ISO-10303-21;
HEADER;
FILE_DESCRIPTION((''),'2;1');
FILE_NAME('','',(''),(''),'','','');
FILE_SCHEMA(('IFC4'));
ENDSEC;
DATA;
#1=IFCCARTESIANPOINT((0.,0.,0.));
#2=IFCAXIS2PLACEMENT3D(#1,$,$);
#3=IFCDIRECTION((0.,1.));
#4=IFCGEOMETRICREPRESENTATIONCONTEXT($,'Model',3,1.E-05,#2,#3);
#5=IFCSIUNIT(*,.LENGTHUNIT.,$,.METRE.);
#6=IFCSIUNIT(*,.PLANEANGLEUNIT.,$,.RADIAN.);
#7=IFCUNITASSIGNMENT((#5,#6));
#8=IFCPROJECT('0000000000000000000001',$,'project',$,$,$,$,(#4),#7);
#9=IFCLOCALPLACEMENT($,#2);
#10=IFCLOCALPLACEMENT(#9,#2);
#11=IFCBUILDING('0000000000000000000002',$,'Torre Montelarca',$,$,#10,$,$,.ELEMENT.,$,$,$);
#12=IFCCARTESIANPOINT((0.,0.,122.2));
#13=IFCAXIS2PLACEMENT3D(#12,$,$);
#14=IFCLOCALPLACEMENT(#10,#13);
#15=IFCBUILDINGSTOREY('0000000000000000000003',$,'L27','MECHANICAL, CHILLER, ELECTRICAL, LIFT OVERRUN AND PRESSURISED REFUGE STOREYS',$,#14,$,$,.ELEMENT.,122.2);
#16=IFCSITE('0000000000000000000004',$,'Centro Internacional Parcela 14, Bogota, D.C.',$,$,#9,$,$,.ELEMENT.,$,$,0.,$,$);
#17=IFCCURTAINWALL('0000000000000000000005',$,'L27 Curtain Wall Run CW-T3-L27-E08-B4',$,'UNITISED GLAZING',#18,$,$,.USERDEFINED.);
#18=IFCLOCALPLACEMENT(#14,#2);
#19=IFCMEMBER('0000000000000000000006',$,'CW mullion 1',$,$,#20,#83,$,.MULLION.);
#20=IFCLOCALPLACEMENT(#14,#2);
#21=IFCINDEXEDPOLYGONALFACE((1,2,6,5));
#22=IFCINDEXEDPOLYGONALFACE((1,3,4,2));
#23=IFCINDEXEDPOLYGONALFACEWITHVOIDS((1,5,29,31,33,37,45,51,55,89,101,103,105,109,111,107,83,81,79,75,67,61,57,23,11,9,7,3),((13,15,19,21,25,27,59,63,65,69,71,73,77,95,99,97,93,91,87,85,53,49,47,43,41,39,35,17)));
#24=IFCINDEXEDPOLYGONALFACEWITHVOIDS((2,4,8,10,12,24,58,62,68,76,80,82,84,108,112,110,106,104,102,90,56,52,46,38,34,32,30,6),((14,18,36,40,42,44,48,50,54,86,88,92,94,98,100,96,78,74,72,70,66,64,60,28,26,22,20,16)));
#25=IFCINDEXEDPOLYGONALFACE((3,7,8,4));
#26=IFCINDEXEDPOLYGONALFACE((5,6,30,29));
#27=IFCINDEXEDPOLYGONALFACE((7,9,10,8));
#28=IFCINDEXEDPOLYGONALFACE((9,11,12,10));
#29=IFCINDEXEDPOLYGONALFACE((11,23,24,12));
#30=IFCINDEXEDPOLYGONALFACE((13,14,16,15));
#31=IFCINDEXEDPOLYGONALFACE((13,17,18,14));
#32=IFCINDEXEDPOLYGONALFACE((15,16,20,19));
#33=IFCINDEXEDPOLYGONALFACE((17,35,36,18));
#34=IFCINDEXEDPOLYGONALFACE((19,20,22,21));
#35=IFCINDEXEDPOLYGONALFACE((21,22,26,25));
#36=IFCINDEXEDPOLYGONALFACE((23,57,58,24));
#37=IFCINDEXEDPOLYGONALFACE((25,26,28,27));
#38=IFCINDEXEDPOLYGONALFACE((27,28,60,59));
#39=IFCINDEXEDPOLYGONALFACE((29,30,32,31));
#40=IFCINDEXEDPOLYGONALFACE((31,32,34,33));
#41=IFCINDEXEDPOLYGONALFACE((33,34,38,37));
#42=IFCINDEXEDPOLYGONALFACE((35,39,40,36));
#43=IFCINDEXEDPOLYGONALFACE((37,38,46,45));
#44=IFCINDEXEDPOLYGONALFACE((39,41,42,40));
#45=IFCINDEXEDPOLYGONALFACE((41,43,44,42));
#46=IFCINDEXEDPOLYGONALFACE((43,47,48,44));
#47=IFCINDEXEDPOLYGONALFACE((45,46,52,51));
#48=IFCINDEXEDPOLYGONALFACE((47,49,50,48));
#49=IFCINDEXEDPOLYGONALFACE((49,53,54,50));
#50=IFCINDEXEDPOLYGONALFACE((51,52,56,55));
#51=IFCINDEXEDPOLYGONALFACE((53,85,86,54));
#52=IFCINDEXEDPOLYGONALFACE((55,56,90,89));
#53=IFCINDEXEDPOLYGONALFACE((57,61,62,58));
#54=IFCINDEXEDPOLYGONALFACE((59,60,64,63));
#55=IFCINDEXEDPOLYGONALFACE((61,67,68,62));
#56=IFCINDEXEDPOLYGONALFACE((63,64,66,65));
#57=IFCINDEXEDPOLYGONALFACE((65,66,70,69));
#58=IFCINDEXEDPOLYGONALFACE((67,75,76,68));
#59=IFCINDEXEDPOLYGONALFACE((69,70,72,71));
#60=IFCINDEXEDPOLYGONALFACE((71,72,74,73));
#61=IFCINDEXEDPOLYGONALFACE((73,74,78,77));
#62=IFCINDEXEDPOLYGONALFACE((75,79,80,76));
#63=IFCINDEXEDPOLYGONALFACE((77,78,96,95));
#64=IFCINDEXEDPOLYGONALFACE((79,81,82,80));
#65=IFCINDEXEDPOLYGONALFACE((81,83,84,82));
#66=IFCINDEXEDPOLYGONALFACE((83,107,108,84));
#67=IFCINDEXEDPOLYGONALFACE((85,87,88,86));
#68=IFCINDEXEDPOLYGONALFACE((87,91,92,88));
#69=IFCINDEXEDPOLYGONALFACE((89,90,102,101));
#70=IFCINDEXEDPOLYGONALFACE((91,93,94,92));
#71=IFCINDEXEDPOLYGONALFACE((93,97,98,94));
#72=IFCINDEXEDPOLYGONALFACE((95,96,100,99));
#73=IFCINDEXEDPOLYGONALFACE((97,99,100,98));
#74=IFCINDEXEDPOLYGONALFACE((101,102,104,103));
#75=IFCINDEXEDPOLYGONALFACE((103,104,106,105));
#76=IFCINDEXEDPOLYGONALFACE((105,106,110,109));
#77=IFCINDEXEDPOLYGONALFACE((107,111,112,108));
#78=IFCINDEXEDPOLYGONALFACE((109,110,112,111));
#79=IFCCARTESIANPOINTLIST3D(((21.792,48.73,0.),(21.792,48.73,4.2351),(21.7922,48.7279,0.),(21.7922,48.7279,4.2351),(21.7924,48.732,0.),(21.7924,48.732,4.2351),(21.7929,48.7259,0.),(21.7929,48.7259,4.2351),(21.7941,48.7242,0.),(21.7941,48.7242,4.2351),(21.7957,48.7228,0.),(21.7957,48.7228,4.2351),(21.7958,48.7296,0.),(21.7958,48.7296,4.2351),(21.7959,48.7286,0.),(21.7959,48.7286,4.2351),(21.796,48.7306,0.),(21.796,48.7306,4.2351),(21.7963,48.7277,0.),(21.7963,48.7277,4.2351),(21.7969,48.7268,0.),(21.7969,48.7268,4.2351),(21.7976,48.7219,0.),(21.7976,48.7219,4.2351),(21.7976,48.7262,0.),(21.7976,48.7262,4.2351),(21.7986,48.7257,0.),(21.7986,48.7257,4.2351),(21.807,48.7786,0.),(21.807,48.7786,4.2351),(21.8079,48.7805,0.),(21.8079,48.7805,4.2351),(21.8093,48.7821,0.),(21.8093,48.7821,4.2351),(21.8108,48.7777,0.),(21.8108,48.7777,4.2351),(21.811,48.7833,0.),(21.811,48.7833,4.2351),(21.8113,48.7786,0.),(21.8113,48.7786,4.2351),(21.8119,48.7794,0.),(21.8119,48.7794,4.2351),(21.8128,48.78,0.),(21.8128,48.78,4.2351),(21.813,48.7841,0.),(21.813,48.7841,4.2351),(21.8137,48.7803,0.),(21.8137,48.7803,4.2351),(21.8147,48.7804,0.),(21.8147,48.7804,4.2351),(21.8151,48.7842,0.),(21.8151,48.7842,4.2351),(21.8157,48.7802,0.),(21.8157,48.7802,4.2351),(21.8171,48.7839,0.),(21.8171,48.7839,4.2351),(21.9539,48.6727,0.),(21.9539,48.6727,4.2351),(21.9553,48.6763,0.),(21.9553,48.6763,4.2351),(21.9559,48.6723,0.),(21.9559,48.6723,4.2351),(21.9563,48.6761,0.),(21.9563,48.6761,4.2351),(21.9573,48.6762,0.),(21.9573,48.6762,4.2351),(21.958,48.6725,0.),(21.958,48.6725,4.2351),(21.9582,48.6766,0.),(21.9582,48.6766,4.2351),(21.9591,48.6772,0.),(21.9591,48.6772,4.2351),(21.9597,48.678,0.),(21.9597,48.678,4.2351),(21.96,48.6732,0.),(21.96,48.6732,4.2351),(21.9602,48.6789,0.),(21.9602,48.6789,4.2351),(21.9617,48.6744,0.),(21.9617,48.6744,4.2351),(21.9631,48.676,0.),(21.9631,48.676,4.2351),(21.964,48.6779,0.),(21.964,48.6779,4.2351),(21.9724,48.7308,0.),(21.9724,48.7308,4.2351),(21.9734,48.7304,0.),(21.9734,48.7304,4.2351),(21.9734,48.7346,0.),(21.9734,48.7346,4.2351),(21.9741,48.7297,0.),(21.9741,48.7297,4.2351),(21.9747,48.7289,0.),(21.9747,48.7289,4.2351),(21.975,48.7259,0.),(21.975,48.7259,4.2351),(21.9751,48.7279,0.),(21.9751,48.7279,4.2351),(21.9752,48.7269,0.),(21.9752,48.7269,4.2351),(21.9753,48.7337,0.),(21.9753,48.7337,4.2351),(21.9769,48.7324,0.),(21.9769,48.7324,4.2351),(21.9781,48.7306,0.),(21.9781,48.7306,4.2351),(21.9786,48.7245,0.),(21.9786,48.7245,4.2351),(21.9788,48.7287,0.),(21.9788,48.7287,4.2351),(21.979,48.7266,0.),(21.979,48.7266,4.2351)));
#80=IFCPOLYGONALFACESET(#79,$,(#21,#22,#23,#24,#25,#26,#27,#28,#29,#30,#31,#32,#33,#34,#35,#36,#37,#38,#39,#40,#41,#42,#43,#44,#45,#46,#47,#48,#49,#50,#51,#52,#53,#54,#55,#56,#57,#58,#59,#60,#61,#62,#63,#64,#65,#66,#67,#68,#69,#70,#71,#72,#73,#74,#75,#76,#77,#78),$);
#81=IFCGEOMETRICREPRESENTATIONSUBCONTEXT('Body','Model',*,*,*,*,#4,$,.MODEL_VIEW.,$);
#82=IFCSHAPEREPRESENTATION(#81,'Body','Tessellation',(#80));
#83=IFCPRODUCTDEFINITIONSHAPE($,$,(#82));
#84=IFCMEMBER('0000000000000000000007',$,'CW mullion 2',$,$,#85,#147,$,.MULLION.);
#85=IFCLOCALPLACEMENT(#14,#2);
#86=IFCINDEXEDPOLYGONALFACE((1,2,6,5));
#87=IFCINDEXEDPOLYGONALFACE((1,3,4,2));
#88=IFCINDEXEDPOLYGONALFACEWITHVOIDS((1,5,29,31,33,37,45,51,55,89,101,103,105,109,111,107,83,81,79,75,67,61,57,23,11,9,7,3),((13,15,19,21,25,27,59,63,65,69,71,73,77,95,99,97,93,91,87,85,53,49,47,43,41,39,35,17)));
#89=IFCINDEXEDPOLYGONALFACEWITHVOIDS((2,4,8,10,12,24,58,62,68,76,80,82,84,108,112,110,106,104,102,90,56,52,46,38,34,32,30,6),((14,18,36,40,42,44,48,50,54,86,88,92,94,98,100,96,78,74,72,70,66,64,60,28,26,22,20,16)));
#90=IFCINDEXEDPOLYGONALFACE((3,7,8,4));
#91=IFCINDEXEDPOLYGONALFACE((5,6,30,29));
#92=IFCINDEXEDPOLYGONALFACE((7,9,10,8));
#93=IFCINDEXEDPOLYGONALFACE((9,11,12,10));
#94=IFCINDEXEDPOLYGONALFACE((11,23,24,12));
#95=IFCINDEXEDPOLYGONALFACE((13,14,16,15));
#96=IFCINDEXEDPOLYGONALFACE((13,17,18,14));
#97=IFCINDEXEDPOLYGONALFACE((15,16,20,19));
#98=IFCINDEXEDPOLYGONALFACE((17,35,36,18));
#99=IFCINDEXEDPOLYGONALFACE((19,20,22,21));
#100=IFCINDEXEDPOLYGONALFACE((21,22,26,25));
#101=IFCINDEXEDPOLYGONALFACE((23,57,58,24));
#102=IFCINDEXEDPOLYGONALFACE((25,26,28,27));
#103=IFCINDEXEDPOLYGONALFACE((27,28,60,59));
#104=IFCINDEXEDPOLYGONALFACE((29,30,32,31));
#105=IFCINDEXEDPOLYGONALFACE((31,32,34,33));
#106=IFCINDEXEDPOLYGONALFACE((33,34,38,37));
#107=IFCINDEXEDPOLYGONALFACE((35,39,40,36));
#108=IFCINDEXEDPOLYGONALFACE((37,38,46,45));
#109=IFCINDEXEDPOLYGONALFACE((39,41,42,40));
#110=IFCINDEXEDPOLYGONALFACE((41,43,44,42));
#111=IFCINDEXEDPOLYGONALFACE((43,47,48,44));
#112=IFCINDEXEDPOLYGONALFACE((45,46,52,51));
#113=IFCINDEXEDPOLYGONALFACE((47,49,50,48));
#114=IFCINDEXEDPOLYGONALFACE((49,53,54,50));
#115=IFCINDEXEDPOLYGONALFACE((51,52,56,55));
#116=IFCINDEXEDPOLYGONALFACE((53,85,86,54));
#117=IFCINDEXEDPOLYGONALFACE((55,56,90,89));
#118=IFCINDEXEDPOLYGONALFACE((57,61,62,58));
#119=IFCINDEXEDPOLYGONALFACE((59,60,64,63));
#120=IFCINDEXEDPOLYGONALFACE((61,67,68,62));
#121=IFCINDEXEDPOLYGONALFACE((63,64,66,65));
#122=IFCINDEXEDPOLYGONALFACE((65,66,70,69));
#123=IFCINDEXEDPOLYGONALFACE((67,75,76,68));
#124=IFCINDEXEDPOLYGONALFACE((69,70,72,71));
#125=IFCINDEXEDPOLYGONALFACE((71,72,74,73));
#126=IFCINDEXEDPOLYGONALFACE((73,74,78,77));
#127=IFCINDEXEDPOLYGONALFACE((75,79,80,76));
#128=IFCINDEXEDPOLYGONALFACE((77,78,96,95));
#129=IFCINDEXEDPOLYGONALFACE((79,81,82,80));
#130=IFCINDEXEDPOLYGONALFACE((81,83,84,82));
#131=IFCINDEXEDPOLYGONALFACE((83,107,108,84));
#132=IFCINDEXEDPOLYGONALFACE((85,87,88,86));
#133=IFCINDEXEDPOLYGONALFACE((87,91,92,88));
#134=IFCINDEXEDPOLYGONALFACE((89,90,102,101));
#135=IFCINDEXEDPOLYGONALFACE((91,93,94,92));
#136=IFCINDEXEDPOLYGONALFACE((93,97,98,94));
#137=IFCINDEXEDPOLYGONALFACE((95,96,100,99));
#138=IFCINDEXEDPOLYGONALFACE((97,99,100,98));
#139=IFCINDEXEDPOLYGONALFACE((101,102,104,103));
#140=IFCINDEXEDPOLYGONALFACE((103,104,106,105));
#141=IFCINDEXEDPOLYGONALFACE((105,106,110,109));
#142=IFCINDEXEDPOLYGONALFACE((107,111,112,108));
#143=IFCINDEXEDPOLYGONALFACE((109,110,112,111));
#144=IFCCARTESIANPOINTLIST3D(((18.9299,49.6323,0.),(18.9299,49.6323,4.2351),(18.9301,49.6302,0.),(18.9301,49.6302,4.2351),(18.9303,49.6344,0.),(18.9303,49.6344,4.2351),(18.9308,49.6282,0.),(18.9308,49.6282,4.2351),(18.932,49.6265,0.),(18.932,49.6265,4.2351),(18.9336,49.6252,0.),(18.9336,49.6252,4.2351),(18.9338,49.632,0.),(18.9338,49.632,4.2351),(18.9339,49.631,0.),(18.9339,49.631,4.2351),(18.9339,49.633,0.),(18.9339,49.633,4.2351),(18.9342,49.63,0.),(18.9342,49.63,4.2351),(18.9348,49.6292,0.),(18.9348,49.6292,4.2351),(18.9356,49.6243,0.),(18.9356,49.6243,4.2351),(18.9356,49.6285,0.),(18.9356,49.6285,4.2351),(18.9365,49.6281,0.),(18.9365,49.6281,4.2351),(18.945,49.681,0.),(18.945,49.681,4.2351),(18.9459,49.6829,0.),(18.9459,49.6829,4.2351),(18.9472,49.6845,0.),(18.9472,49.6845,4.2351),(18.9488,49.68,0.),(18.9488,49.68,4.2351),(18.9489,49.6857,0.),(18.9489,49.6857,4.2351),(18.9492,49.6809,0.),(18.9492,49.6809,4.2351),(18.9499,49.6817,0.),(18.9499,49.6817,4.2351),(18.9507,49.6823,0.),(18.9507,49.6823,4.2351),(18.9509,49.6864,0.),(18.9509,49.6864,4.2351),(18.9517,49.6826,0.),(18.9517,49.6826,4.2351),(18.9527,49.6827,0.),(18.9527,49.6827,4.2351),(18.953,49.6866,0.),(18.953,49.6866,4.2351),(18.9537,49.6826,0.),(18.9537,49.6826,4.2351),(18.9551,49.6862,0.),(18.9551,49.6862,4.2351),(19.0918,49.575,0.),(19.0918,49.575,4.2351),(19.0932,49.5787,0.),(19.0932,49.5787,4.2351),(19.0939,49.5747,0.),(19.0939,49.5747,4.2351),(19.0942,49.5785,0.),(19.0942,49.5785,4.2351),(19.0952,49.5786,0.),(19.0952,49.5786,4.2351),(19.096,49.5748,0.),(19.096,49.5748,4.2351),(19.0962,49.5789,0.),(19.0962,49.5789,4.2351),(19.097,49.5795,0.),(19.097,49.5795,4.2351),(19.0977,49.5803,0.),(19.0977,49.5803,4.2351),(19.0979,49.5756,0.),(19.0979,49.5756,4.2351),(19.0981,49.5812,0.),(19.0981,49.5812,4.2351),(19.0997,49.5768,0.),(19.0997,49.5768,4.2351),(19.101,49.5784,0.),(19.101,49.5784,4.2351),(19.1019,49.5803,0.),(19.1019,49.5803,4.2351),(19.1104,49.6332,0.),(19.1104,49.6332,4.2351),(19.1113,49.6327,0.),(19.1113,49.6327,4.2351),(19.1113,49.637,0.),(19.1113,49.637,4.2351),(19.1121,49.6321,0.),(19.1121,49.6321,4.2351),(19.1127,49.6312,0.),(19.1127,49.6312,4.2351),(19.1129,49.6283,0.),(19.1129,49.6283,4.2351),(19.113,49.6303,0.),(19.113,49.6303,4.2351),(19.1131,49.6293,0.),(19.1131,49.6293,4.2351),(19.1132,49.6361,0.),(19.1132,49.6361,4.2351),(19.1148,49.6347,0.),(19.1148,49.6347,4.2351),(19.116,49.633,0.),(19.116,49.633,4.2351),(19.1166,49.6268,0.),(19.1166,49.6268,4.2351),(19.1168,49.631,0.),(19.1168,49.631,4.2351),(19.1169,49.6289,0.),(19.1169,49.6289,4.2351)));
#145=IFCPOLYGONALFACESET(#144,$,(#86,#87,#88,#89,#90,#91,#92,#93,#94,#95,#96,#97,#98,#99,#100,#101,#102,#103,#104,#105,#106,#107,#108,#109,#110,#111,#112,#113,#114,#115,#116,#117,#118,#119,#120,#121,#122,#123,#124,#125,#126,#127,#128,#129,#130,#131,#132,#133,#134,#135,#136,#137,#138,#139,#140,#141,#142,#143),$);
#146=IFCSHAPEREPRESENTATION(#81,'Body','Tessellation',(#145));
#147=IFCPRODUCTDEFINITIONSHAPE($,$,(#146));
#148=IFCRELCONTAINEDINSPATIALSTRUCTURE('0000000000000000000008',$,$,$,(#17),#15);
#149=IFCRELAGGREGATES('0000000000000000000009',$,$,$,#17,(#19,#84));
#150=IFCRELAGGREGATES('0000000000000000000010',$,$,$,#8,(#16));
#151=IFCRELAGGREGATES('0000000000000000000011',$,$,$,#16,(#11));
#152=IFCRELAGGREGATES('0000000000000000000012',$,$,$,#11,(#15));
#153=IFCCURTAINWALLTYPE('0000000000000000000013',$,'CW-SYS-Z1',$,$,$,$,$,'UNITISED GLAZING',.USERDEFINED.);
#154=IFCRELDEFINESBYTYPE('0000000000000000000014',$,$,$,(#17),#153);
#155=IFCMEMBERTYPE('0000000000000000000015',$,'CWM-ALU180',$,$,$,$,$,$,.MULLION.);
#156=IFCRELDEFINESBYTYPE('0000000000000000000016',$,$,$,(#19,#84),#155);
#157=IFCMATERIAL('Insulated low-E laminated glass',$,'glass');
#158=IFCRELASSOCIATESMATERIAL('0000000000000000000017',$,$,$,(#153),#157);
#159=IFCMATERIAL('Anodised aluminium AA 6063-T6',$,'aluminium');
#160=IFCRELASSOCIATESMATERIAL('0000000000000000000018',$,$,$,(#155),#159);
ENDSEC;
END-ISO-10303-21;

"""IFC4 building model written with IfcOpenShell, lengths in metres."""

from ifc_helpers import new_model, si_unit, direction, frame, origin, origin_2d, place, context, subcontext, project, spatial, hollow_rectangle, extrude, source, transform, mapped, material, material_profile, profile_set, type_object, element, aggregate, save


model = new_model("IFC4")

# Units and contexts
model_context = context("Model", 3, precision=1e-05, world=origin(), true_north=direction((0.0, 1.0)))
body_context = subcontext(model_context, "Body", "Model", "MODEL_VIEW")
ifc_project = project(units=[si_unit("LENGTHUNIT", "METRE"), si_unit("PLANEANGLEUNIT", "RADIAN")], contexts=[model_context])

# Site, building, storey
site_placement = place(None, origin())
site = spatial("IfcSite", under=ifc_project, at=site_placement, Name="Centro Internacional Parcela 14, Bogota, D.C.", CompositionType="ELEMENT", RefElevation=0.0)
building_placement = place(site_placement, origin())
building = spatial("IfcBuilding", under=site, at=building_placement, Name="Torre Montelarca", CompositionType="ELEMENT")
storey_placement = place(building_placement, frame((0.0, 0.0, 122.2)))
storey = spatial("IfcBuildingStorey", under=building, at=storey_placement, Name="L27", Description="MECHANICAL, CHILLER, ELECTRICAL, LIFT OVERRUN AND PRESSURISED REFUGE STOREYS", CompositionType="ELEMENT", Elevation=122.2)

# Shared definitions
ifc_material_1 = material(Name="Insulated low-E laminated glass", Category="glass")
curtain_wall_type = type_object("IfcCurtainWallType", Name="CW-SYS-Z1", ElementType="UNITISED GLAZING", PredefinedType="USERDEFINED", material=ifc_material_1)
ifc_material_2 = material(Name="Anodised aluminium AA 6063-T6", Category="aluminium")
ifc_material_profile_1 = material_profile(ifc_material_2, hollow_rectangle(XDim=0.0649, YDim=0.1799, WallThickness=0.0039, InnerFilletRadius=0.0039, OuterFilletRadius=0.0081, at=origin_2d()), Name="ALU65X180X4", Category="aluminium")
ifc_profile_set_1 = profile_set([ifc_material_profile_1], Name="Anodised aluminium AA 6063-T6")
member_type_1 = type_object("IfcMemberType", Name="CWM-ALU180", PredefinedType="MULLION", material=ifc_profile_set_1)

# Shared definitions
shared_shape_1 = source(origin(), body_context, "Body", "SweptSolid", [
    extrude(hollow_rectangle(XDim=0.0649, YDim=0.1799, WallThickness=0.0039, InnerFilletRadius=0.0039, OuterFilletRadius=0.0081, at=origin_2d()), origin(), (0.0, 0.0, 1.0), 4.2351),
])

# Curtain wall, members
curtain_wall_1_placement = place(storey_placement, origin())
curtain_wall_1 = element("IfcCurtainWall", 1, at=curtain_wall_1_placement, inside=storey, type_object=curtain_wall_type, Name="L27 Curtain Wall Run CW-T3-L27-E08-B4", ObjectType="UNITISED GLAZING", PredefinedType="USERDEFINED")
member_1_placement = place(storey_placement, frame((21.8855, 48.7283, 0.0), z_axis=(0.0, 0.0, 1.0), x_axis=(-0.300694, -0.953721, 0.0)))
member_1 = element("IfcMember", 2, at=member_1_placement, type_object=member_type_1, Name="CW mullion 1", PredefinedType="MULLION", context=body_context, shape_type="MappedRepresentation", body=[
    mapped(shared_shape_1, transform((0.0, 0.0, 0.0), scale=1.0)),
])
member_2_placement = place(storey_placement, frame((19.0234, 49.6306, 0.0), z_axis=(0.0, 0.0, 1.0), x_axis=(-0.300694, -0.953721, 0.0)))
member_2 = element("IfcMember", 3, at=member_2_placement, type_object=member_type_1, Name="CW mullion 2", PredefinedType="MULLION", context=body_context, shape_type="MappedRepresentation", body=[
    mapped(shared_shape_1, transform((0.0, 0.0, 0.0), scale=1.0)),
])

aggregate(curtain_wall_1, [member_1, member_2])

save(model, "model.ifc")
